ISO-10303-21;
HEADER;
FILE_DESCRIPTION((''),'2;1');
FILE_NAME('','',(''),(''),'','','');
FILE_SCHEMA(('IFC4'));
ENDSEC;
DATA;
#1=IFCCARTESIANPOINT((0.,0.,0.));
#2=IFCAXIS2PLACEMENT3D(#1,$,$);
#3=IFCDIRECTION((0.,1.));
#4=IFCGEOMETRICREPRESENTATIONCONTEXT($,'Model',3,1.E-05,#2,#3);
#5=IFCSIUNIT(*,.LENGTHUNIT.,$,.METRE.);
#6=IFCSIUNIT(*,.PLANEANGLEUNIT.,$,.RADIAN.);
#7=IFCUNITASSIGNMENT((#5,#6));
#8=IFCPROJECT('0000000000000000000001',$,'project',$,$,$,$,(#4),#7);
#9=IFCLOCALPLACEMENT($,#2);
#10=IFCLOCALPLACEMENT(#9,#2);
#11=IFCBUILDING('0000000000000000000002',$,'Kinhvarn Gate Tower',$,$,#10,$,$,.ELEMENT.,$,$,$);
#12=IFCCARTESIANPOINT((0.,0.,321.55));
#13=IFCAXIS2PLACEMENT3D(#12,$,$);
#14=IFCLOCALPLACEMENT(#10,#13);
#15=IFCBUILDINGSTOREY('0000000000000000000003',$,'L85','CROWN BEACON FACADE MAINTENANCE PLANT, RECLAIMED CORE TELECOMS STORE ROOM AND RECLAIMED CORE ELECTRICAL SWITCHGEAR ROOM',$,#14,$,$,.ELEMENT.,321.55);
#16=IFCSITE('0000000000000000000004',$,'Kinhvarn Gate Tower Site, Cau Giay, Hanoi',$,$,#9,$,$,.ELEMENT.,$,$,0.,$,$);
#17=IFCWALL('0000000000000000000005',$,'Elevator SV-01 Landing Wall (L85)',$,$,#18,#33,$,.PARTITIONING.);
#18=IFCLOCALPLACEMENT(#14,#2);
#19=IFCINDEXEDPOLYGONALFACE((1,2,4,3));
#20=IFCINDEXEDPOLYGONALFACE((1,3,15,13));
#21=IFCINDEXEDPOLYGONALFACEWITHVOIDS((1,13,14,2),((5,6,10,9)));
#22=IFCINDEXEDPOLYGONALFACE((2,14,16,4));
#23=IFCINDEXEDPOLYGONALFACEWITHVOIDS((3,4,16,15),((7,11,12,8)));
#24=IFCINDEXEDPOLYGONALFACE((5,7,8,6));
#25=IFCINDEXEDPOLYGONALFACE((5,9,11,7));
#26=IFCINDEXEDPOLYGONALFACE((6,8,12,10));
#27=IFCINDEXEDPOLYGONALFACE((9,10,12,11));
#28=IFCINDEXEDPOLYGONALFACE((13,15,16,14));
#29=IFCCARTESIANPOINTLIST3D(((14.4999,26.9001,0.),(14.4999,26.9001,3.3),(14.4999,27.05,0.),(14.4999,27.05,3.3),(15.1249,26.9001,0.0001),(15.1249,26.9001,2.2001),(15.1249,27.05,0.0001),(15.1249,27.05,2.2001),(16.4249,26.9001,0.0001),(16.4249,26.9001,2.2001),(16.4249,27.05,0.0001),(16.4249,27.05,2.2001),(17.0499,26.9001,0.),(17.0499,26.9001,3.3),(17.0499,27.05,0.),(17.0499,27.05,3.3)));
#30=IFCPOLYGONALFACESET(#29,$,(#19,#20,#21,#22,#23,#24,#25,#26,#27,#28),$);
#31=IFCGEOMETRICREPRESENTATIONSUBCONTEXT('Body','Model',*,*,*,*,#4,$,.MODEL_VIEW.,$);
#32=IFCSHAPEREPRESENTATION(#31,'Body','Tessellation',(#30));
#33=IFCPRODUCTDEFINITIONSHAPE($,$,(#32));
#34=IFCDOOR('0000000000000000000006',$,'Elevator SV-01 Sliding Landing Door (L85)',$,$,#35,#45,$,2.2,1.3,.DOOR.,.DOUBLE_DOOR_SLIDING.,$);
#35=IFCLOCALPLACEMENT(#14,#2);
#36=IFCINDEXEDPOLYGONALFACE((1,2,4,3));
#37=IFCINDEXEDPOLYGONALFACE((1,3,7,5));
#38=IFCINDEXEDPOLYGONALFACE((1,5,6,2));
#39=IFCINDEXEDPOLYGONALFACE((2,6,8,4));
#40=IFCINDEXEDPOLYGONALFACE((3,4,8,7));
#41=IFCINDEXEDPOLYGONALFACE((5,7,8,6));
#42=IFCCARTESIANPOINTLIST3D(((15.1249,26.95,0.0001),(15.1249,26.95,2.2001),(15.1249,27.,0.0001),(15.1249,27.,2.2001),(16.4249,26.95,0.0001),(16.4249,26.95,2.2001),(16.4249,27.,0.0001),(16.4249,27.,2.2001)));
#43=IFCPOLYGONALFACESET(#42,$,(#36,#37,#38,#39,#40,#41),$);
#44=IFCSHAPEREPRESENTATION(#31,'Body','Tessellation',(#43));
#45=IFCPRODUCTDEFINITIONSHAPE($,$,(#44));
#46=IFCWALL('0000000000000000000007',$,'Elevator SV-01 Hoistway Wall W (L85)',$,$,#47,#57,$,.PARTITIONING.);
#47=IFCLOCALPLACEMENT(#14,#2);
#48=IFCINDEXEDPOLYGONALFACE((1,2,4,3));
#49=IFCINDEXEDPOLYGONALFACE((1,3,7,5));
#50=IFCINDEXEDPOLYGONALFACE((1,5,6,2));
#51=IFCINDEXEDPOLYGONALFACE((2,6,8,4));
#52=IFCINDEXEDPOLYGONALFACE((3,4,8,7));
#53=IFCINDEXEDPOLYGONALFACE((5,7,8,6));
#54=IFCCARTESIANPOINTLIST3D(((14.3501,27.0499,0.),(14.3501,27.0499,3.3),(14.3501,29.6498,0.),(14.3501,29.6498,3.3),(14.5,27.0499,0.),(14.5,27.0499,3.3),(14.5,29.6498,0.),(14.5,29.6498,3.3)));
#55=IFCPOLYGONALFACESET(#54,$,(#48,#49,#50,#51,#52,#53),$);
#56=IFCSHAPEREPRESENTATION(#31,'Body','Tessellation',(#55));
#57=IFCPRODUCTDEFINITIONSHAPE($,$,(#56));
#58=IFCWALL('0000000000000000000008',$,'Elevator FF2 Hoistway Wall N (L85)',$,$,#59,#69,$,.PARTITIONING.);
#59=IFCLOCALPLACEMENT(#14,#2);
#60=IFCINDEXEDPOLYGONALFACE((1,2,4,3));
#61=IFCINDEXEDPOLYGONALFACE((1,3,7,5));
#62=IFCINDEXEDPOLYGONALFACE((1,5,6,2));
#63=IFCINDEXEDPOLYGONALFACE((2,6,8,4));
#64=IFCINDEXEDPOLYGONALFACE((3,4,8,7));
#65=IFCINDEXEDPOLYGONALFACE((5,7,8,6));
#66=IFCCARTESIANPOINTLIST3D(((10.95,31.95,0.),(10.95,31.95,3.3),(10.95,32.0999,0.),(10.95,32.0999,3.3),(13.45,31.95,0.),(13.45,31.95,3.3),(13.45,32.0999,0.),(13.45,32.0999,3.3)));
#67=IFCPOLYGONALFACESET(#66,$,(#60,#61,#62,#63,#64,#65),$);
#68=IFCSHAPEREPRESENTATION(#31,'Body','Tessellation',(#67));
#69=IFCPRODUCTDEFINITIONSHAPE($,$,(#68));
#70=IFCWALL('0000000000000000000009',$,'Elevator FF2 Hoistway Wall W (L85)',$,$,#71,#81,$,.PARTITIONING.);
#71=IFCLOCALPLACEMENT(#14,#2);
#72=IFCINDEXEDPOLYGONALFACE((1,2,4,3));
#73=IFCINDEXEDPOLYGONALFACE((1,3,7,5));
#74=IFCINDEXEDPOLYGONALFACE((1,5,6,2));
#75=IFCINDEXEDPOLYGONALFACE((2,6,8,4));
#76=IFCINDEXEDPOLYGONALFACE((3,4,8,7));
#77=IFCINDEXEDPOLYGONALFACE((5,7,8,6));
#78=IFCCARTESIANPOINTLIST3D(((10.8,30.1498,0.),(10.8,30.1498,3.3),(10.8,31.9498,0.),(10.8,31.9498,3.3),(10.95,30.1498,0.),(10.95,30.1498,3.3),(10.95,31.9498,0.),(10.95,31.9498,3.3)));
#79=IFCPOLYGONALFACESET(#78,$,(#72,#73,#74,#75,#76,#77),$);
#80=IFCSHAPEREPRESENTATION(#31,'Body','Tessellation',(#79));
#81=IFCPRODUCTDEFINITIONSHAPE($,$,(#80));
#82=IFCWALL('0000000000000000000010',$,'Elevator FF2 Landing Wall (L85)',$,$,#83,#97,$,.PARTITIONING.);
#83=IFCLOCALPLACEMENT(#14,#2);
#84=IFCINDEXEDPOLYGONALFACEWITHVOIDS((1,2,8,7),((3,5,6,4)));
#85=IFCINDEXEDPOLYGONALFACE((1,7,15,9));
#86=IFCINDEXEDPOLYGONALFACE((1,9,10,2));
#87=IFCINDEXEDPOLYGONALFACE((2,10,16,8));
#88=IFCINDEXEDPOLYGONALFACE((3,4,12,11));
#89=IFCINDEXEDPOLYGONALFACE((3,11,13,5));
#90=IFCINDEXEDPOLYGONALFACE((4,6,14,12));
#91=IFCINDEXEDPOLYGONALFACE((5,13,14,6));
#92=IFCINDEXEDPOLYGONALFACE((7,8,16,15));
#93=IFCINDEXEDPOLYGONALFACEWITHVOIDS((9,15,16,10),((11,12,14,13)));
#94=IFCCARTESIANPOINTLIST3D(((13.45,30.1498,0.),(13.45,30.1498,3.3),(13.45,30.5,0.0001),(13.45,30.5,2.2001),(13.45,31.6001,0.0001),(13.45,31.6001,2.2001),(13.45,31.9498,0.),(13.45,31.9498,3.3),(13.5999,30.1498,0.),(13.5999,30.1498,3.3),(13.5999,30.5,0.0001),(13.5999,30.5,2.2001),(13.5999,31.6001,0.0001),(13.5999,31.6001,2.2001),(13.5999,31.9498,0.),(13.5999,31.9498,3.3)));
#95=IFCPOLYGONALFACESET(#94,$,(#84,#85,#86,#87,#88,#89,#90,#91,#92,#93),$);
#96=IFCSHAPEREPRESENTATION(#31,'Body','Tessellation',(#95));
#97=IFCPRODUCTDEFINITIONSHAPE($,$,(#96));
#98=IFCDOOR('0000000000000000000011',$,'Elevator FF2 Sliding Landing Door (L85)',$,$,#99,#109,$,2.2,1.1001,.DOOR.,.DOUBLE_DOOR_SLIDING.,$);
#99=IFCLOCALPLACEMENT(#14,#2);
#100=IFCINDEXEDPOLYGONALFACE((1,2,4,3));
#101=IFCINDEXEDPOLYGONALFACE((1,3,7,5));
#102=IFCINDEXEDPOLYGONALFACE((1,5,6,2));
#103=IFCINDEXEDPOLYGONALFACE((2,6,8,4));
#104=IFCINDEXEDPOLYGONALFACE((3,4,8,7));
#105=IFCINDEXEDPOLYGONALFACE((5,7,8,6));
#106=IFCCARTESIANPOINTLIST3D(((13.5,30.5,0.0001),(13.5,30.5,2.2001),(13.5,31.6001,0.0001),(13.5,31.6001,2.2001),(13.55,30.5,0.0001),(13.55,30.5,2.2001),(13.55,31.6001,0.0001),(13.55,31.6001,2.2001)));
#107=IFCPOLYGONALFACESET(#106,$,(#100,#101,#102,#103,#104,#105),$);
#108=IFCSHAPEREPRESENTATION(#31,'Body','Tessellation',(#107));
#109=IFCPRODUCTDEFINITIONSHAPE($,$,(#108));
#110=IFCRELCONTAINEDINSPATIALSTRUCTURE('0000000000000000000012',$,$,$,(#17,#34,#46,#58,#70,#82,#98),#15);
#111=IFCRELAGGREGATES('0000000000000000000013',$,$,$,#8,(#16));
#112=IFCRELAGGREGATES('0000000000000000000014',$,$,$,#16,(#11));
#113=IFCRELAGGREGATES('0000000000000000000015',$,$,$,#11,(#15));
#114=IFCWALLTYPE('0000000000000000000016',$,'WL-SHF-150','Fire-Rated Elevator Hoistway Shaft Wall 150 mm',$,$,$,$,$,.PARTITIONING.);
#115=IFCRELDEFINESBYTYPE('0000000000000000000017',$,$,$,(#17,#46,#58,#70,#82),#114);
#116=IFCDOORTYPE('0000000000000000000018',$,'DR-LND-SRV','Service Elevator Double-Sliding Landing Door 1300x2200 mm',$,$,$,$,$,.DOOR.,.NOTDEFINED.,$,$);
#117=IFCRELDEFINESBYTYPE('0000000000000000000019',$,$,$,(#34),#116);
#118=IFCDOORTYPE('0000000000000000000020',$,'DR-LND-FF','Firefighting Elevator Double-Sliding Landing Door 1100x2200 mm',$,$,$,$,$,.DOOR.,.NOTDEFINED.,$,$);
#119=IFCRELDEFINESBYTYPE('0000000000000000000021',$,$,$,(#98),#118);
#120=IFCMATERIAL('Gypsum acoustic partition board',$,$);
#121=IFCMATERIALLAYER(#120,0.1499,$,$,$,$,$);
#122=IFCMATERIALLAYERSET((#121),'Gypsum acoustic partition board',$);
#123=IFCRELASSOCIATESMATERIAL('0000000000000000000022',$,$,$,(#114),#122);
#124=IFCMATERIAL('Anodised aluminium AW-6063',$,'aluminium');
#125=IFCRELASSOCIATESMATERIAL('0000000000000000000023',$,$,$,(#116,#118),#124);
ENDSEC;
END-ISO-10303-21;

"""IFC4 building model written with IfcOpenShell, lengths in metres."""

from ifc_helpers import new_model, si_unit, direction, frame, frame_2d, origin, place, context, subcontext, project, spatial, rectangle, extrude, material, layer, layer_set, type_object, element, fill, save


model = new_model("IFC4")

# Units and contexts
model_context = context("Model", 3, precision=1e-05, world=origin(), true_north=direction((0.0, 1.0)))
body_context = subcontext(model_context, "Body", "Model", "MODEL_VIEW")
ifc_project = project(units=[si_unit("LENGTHUNIT", "METRE"), si_unit("PLANEANGLEUNIT", "RADIAN")], contexts=[model_context])

# Site, building, storey
site_placement = place(None, origin())
site = spatial("IfcSite", under=ifc_project, at=site_placement, Name="Kinhvarn Gate Tower Site, Cau Giay, Hanoi", CompositionType="ELEMENT", RefElevation=0.0)
building_placement = place(site_placement, origin())
building = spatial("IfcBuilding", under=site, at=building_placement, Name="Kinhvarn Gate Tower", CompositionType="ELEMENT")
storey_placement = place(building_placement, frame((0.0, 0.0, 321.55)))
storey = spatial("IfcBuildingStorey", under=building, at=storey_placement, Name="L85", Description="CROWN BEACON FACADE MAINTENANCE PLANT, RECLAIMED CORE TELECOMS STORE ROOM AND RECLAIMED CORE ELECTRICAL SWITCHGEAR ROOM", CompositionType="ELEMENT", Elevation=321.55)

# Shared definitions
ifc_material_1 = material(Name="Gypsum acoustic partition board")

# Shared definitions
ifc_material_2 = material(Name="Anodised aluminium AW-6063", Category="aluminium")

# Wall, opening, door
ifc_layer_1 = layer(ifc_material_1, 0.1499)
ifc_layer_set_1 = layer_set([ifc_layer_1], Name="Gypsum acoustic partition board")
wall_type_1 = type_object("IfcWallType", Name="WL-SHF-150", Description="Fire-Rated Elevator Hoistway Shaft Wall 150 mm", PredefinedType="PARTITIONING", material=ifc_layer_set_1)
wall_1_placement = place(storey_placement, frame((14.5, 26.9751, 0.0), z_axis=(0.0, 0.0, 1.0), x_axis=(1.0, 0.0, 0.0)))
wall_1 = element("IfcWall", 1, at=wall_1_placement, inside=storey, type_object=wall_type_1, Name="Elevator SV-01 Landing Wall (L85)", PredefinedType="PARTITIONING", context=body_context, shape_type="SweptSolid", body=[
    extrude(rectangle(XDim=2.55, YDim=0.1499, at=frame_2d((1.2749, 0.0))), origin(), (0.0, 0.0, 1.0), 3.3),
])
opening_1_placement = place(wall_1_placement, frame((0.625, 0.0, 0.0)))
opening_1 = element("IfcOpeningElement", 2, at=opening_1_placement, cuts=wall_1, PredefinedType="OPENING", context=body_context, shape_type="SweptSolid", body=[
    extrude(rectangle(XDim=1.3, YDim=2.2, at=frame_2d((0.6499, 1.1001))), frame((0.0, 0.085, 0.0), z_axis=(0.0, -1.0, 0.0), x_axis=(1.0, 0.0, 0.0)), (0.0, 0.0, 1.0), 0.1699),
])
door_type_1 = type_object("IfcDoorType", Name="DR-LND-SRV", Description="Service Elevator Double-Sliding Landing Door 1300x2200 mm", OperationType="NOTDEFINED", PredefinedType="DOOR", material=ifc_material_2)
door_1_placement = place(opening_1_placement, origin())
door_1 = element("IfcDoor", 3, at=door_1_placement, inside=storey, type_object=door_type_1, Name="Elevator SV-01 Sliding Landing Door (L85)", OperationType="DOUBLE_DOOR_SLIDING", OverallHeight=2.2, OverallWidth=1.3, PredefinedType="DOOR", context=body_context, shape_type="SweptSolid", body=[
    extrude(rectangle(XDim=1.3, YDim=2.2, at=frame_2d((0.6499, 1.1001))), frame((0.0, 0.0249, 0.0), z_axis=(0.0, -1.0, 0.0), x_axis=(1.0, 0.0, 0.0)), (0.0, 0.0, 1.0), 0.05),
])
fill(opening_1, door_1)

# Walls
wall_2_placement = place(storey_placement, frame((14.425, 27.05, 0.0), z_axis=(0.0, 0.0, 1.0), x_axis=(0.0, 1.0, 0.0)))
element("IfcWall", 4, at=wall_2_placement, inside=storey, type_object=wall_type_1, Name="Elevator SV-01 Hoistway Wall W (L85)", PredefinedType="PARTITIONING", context=body_context, shape_type="SweptSolid", body=[
    extrude(rectangle(XDim=2.5999, YDim=0.1499, at=frame_2d((1.2998, 0.0))), origin(), (0.0, 0.0, 1.0), 3.3),
])
wall_3_placement = place(storey_placement, frame((10.95, 32.0249, 0.0), z_axis=(0.0, 0.0, 1.0), x_axis=(1.0, 0.0, 0.0)))
element("IfcWall", 5, at=wall_3_placement, inside=storey, type_object=wall_type_1, Name="Elevator FF2 Hoistway Wall N (L85)", PredefinedType="PARTITIONING", context=body_context, shape_type="SweptSolid", body=[
    extrude(rectangle(XDim=2.5, YDim=0.1499, at=frame_2d((1.25, 0.0))), origin(), (0.0, 0.0, 1.0), 3.3),
])
wall_4_placement = place(storey_placement, frame((10.875, 30.1499, 0.0), z_axis=(0.0, 0.0, 1.0), x_axis=(0.0, 1.0, 0.0)))
element("IfcWall", 6, at=wall_4_placement, inside=storey, type_object=wall_type_1, Name="Elevator FF2 Hoistway Wall W (L85)", PredefinedType="PARTITIONING", context=body_context, shape_type="SweptSolid", body=[
    extrude(rectangle(XDim=1.8, YDim=0.1499, at=frame_2d((0.8999, 0.0))), origin(), (0.0, 0.0, 1.0), 3.3),
])

# Wall, opening, door
wall_5_placement = place(storey_placement, frame((13.5249, 30.1499, 0.0), z_axis=(0.0, 0.0, 1.0), x_axis=(0.0, 1.0, 0.0)))
wall_5 = element("IfcWall", 7, at=wall_5_placement, inside=storey, type_object=wall_type_1, Name="Elevator FF2 Landing Wall (L85)", PredefinedType="PARTITIONING", context=body_context, shape_type="SweptSolid", body=[
    extrude(rectangle(XDim=1.8, YDim=0.1499, at=frame_2d((0.8999, 0.0))), origin(), (0.0, 0.0, 1.0), 3.3),
])
opening_2_placement = place(wall_5_placement, frame((0.3501, 0.0, 0.0)))
opening_2 = element("IfcOpeningElement", 8, at=opening_2_placement, cuts=wall_5, PredefinedType="OPENING", context=body_context, shape_type="SweptSolid", body=[
    extrude(rectangle(XDim=1.1001, YDim=2.2, at=frame_2d((0.55, 1.1001))), frame((0.0, 0.085, 0.0), z_axis=(0.0, -1.0, 0.0), x_axis=(1.0, 0.0, 0.0)), (0.0, 0.0, 1.0), 0.1699),
])
door_type_2 = type_object("IfcDoorType", Name="DR-LND-FF", Description="Firefighting Elevator Double-Sliding Landing Door 1100x2200 mm", OperationType="NOTDEFINED", PredefinedType="DOOR", material=ifc_material_2)
door_2_placement = place(opening_2_placement, origin())
door_2 = element("IfcDoor", 9, at=door_2_placement, inside=storey, type_object=door_type_2, Name="Elevator FF2 Sliding Landing Door (L85)", OperationType="DOUBLE_DOOR_SLIDING", OverallHeight=2.2, OverallWidth=1.1001, PredefinedType="DOOR", context=body_context, shape_type="SweptSolid", body=[
    extrude(rectangle(XDim=1.1001, YDim=2.2, at=frame_2d((0.55, 1.1001))), frame((0.0, 0.0249, 0.0), z_axis=(0.0, -1.0, 0.0), x_axis=(1.0, 0.0, 0.0)), (0.0, 0.0, 1.0), 0.05),
])
fill(opening_2, door_2)

save(model, "model.ifc")
